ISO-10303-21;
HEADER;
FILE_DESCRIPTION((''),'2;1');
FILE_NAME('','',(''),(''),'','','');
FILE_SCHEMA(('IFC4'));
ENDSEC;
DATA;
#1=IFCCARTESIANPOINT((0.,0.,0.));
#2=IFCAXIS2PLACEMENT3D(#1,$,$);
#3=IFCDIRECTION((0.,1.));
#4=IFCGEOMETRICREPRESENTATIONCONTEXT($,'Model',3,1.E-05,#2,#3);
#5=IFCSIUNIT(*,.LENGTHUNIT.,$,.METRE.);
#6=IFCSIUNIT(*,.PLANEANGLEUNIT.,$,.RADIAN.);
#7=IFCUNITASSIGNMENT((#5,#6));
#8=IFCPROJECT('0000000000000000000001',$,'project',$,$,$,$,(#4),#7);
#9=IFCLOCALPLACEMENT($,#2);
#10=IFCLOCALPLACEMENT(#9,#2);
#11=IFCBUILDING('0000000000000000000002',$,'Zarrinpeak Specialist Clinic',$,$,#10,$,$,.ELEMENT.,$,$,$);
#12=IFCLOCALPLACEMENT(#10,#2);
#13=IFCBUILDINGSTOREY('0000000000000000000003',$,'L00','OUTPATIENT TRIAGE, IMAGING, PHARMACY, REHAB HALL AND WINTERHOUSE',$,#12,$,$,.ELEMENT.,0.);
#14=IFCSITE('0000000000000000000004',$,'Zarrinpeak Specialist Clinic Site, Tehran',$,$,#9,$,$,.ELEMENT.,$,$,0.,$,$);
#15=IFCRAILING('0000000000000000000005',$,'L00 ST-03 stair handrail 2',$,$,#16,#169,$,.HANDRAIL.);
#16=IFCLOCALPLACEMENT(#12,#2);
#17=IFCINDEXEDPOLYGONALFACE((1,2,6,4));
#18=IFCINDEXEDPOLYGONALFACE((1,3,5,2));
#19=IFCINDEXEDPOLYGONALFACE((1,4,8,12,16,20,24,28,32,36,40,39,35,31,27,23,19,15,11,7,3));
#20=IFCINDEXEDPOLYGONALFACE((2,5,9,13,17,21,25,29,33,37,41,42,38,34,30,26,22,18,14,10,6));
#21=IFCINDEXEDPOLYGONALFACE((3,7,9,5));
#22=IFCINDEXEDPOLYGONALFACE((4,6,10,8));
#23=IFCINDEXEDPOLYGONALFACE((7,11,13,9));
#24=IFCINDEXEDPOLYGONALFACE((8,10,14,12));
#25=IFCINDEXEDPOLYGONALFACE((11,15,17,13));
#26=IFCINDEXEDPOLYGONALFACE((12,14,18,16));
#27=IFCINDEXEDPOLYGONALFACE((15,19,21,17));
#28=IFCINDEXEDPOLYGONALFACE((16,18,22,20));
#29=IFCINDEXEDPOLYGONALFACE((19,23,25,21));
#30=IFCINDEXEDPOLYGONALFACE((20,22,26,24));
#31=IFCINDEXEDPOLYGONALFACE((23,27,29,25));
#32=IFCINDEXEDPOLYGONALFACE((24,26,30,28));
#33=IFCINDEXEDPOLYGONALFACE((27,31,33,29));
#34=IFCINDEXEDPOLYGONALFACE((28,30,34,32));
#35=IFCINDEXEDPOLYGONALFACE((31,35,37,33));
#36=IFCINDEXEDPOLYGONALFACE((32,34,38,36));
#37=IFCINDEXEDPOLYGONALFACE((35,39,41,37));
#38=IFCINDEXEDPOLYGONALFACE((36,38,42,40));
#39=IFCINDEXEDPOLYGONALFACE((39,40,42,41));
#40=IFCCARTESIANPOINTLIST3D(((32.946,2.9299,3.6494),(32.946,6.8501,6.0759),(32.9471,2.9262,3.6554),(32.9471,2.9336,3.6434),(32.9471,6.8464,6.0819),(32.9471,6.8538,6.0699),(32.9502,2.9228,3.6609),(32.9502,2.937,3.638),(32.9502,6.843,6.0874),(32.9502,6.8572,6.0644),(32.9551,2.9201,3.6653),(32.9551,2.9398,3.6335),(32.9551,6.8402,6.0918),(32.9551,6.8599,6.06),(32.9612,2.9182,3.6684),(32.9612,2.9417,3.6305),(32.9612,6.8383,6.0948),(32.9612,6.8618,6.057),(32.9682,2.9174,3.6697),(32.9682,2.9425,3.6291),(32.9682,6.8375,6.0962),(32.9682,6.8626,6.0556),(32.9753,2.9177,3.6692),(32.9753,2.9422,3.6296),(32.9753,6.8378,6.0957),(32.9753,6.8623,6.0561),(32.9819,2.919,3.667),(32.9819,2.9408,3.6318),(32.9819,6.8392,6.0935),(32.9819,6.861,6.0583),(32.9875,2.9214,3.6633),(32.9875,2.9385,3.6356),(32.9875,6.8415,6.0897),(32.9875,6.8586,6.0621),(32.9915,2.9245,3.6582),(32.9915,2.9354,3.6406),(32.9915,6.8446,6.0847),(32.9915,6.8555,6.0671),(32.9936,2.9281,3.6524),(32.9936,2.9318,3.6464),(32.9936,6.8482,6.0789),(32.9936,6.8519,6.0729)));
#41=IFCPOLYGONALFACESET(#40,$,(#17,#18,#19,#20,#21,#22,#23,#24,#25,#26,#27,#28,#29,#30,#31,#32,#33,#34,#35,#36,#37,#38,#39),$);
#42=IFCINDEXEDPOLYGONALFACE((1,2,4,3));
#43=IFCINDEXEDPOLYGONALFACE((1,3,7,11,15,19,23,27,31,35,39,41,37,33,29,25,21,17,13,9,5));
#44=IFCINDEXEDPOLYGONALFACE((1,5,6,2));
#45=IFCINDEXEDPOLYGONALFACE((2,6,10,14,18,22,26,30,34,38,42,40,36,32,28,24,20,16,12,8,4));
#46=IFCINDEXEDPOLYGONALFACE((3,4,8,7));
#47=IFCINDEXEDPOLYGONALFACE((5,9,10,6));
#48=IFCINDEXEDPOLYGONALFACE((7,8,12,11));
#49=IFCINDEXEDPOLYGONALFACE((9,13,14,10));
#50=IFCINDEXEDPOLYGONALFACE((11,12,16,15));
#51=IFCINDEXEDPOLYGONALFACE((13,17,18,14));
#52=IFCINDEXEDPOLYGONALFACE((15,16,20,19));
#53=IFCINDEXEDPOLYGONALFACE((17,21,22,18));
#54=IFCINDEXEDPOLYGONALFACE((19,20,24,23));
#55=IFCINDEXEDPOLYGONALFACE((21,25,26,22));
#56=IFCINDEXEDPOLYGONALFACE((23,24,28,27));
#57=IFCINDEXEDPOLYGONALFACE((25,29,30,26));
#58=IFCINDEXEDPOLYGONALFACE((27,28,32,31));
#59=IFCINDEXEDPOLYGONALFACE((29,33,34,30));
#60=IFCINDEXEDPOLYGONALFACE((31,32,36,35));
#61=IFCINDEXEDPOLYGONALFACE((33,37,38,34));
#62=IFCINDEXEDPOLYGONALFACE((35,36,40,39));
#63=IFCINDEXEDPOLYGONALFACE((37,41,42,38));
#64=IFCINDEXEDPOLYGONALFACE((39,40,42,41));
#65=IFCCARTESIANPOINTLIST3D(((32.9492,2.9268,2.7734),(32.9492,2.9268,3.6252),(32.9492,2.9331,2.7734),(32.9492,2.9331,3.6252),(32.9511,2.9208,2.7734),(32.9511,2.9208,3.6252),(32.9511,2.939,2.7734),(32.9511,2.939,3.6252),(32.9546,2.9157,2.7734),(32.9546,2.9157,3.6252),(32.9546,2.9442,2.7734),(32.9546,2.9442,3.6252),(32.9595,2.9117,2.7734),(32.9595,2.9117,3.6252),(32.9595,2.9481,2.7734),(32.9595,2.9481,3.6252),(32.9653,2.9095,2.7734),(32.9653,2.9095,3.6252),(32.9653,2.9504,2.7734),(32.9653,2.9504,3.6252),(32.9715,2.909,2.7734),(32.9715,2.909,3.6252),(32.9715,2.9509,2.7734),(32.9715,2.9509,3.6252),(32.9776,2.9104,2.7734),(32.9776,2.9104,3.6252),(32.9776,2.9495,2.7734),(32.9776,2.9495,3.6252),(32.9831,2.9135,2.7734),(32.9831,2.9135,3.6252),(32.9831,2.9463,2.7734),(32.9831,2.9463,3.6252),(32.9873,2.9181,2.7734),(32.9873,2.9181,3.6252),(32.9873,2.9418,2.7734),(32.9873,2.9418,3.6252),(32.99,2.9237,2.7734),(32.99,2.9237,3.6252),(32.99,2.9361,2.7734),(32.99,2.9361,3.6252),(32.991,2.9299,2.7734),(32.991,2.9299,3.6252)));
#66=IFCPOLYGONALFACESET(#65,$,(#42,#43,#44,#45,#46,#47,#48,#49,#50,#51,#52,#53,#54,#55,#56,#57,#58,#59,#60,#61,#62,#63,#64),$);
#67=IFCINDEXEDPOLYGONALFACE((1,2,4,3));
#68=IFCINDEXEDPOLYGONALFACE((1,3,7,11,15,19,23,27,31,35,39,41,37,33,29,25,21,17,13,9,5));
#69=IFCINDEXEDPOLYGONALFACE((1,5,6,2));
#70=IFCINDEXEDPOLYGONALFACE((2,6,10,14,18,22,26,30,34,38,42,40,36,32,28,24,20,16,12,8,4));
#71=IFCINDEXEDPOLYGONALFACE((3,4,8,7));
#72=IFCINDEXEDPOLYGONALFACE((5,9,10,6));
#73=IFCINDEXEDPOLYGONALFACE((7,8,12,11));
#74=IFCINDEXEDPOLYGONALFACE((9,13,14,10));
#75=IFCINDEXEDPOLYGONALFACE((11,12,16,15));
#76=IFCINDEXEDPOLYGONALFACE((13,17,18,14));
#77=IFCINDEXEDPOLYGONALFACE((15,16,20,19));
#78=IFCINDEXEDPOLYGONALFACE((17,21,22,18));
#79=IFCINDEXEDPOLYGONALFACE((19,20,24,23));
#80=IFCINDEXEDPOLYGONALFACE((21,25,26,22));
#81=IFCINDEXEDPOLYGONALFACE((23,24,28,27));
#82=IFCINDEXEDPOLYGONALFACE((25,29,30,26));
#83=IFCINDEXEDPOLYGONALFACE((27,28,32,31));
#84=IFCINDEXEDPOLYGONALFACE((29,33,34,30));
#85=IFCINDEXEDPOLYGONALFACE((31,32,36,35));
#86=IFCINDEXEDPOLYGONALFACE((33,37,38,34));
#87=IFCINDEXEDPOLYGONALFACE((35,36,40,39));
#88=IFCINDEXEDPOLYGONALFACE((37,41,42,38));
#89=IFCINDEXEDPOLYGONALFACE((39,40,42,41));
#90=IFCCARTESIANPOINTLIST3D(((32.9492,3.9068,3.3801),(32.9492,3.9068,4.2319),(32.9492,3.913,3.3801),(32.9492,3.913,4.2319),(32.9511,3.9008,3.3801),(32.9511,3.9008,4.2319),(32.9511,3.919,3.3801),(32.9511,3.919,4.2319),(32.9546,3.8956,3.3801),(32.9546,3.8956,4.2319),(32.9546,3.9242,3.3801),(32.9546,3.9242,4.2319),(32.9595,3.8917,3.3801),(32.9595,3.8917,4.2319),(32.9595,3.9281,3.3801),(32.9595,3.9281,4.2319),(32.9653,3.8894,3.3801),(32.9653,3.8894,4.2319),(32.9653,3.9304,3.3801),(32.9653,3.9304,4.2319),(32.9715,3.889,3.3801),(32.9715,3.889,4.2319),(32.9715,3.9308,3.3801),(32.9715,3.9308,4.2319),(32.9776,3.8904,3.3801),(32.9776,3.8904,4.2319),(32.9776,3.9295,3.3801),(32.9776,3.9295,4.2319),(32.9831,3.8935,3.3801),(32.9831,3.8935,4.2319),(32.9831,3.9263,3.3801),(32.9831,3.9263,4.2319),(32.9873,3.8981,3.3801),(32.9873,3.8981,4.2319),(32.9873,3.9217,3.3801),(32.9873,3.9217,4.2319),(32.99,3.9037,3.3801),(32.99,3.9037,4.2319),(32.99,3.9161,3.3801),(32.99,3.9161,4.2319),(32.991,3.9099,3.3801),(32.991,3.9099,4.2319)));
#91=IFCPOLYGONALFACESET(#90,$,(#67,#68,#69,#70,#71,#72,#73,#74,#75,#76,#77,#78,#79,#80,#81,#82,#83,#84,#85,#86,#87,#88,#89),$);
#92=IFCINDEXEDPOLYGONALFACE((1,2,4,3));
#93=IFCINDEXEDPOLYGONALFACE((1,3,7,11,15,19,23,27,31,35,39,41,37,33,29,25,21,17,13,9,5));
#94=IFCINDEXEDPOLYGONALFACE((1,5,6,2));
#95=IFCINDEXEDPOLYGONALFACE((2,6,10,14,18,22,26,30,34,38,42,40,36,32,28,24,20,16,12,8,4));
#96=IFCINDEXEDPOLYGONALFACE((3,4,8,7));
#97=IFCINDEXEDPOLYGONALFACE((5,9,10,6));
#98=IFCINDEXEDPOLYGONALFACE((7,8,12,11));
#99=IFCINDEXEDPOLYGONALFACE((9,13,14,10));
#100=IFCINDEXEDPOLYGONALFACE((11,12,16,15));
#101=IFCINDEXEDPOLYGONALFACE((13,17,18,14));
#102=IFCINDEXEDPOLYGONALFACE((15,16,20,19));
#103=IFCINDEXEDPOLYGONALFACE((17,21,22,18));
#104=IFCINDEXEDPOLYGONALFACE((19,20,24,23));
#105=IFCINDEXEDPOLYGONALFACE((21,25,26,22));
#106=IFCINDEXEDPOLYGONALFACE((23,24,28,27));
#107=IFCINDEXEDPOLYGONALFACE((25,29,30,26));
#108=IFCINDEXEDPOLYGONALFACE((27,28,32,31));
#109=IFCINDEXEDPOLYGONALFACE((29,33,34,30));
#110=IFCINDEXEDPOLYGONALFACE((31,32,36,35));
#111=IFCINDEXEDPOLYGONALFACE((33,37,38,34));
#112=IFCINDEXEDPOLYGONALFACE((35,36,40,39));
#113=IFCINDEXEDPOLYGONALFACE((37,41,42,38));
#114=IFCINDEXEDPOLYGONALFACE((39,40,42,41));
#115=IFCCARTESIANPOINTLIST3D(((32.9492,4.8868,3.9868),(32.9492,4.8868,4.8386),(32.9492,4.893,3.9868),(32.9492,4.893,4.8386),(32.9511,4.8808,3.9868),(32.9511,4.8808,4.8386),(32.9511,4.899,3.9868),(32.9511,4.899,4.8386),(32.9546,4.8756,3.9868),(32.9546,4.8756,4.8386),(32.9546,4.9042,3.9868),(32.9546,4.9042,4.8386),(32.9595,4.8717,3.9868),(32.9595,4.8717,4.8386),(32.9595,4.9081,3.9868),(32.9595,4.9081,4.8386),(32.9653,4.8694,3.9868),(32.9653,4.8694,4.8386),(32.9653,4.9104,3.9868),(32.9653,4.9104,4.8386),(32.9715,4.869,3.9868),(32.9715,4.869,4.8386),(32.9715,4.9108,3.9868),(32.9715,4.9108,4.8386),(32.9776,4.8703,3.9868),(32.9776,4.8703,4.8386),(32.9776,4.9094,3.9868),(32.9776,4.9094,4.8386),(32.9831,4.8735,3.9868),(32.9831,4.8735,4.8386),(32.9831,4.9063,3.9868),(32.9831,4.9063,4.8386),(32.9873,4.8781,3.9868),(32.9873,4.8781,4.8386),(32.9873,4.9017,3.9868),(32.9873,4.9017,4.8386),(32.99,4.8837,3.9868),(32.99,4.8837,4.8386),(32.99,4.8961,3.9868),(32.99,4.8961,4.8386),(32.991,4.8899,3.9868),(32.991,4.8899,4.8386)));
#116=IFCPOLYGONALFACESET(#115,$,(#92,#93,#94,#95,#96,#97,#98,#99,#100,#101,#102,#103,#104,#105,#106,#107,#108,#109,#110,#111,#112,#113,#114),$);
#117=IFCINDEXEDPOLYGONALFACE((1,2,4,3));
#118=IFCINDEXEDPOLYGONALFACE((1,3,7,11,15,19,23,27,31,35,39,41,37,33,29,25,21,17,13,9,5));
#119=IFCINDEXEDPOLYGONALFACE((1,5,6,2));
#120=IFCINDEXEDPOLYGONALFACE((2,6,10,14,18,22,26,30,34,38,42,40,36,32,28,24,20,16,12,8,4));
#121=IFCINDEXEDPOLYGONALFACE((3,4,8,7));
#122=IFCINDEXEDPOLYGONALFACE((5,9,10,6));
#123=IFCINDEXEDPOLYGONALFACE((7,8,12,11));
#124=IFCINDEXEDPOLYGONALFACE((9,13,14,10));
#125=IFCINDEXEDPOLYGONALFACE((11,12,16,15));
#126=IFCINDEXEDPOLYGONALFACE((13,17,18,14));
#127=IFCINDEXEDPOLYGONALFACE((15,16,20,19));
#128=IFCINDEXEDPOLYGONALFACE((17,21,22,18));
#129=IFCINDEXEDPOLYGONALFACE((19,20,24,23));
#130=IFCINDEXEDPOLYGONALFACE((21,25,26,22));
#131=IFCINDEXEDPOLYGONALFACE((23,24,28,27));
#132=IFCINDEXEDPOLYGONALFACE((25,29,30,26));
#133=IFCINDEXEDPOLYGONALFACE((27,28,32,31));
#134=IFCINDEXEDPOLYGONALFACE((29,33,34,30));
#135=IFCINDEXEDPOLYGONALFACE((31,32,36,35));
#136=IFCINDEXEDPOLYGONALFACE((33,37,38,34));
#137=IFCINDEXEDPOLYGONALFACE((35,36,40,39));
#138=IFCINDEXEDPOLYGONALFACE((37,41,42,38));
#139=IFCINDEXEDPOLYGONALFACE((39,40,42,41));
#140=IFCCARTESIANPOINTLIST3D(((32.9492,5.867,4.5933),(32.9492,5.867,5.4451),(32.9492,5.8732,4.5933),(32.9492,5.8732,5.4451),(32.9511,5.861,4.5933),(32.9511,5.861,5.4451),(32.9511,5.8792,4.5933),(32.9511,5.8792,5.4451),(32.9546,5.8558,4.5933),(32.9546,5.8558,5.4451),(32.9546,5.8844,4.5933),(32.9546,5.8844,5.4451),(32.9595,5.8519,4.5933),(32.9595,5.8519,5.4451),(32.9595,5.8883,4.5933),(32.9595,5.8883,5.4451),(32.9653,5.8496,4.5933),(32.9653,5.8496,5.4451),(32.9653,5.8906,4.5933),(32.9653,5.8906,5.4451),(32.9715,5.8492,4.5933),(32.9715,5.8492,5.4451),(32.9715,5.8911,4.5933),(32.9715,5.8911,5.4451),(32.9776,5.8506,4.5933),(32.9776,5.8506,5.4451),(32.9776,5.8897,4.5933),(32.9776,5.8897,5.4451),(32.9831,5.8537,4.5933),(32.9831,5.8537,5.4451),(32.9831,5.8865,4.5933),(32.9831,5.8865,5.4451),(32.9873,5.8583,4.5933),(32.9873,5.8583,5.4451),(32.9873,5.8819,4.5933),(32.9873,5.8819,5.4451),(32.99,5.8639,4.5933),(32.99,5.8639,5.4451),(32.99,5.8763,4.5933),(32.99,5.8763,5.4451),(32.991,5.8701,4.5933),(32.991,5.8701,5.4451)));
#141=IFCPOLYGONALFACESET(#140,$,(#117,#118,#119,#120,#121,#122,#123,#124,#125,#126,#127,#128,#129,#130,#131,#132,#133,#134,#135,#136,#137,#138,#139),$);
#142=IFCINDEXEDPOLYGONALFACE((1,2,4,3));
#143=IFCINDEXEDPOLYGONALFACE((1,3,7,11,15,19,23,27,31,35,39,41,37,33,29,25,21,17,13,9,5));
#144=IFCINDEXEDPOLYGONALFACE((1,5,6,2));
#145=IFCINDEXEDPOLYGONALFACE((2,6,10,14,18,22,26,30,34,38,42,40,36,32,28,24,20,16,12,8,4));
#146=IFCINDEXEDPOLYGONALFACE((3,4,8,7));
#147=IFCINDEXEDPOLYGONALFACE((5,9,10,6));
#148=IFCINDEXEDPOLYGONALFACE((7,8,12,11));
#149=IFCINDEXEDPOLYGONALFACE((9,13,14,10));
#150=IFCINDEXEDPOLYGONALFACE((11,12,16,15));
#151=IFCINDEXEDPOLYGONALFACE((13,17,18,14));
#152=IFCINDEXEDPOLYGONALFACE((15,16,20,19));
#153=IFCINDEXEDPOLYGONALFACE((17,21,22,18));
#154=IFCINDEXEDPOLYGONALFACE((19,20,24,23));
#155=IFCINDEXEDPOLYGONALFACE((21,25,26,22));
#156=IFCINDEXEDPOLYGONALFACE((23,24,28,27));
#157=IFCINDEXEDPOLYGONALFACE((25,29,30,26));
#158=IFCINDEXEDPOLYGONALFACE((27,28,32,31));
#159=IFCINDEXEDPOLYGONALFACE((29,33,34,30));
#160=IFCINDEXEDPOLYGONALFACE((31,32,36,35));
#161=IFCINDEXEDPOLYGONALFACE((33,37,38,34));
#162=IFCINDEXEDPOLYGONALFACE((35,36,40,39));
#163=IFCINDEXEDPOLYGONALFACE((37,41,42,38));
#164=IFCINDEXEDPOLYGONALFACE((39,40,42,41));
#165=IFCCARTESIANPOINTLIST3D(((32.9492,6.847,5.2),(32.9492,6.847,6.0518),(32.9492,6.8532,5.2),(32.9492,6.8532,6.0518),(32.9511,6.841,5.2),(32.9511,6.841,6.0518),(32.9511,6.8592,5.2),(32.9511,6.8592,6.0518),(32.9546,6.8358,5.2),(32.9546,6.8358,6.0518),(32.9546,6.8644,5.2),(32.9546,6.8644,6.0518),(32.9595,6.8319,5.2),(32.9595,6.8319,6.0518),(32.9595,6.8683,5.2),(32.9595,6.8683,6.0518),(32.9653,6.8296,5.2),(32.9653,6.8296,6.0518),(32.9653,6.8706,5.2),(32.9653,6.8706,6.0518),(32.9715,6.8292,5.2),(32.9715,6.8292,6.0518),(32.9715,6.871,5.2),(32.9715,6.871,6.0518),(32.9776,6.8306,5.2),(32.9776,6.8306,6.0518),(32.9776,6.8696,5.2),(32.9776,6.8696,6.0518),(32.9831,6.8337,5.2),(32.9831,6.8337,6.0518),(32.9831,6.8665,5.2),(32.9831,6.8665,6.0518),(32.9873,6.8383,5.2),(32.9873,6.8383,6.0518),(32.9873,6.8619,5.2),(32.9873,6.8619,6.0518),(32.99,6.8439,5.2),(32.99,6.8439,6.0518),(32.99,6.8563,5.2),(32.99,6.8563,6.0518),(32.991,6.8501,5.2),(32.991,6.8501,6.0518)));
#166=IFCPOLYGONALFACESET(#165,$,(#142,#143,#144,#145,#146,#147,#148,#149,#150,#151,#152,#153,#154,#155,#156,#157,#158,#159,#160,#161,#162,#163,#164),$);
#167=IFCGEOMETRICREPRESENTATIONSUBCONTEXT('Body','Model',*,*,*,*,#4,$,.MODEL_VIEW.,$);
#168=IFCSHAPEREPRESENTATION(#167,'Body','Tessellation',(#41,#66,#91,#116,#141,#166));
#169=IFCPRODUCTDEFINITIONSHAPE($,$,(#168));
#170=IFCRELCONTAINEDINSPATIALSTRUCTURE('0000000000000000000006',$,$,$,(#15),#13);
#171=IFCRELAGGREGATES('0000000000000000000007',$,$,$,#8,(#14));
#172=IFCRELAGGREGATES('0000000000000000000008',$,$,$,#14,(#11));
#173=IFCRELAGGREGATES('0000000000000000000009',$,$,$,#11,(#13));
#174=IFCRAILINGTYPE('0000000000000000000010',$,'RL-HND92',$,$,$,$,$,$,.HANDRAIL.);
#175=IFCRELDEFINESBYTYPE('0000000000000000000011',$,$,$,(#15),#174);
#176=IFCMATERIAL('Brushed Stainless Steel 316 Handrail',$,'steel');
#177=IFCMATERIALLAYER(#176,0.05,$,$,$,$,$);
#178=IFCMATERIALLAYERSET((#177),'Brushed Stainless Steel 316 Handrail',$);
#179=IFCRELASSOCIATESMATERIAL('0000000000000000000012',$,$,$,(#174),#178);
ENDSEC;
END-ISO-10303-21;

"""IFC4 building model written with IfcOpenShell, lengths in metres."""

from ifc_helpers import new_model, si_unit, direction, frame, origin, origin_2d, place, context, subcontext, project, spatial, circle, extrude, material, layer, layer_set, type_object, element, save


model = new_model("IFC4")

# Units and contexts
model_context = context("Model", 3, precision=1e-05, world=origin(), true_north=direction((0.0, 1.0)))
body_context = subcontext(model_context, "Body", "Model", "MODEL_VIEW")
ifc_project = project(units=[si_unit("LENGTHUNIT", "METRE"), si_unit("PLANEANGLEUNIT", "RADIAN")], contexts=[model_context])

# Site, building, storey
site_placement = place(None, origin())
site = spatial("IfcSite", under=ifc_project, at=site_placement, Name="Zarrinpeak Specialist Clinic Site, Tehran", CompositionType="ELEMENT", RefElevation=0.0)
building_placement = place(site_placement, origin())
building = spatial("IfcBuilding", under=site, at=building_placement, Name="Zarrinpeak Specialist Clinic", CompositionType="ELEMENT")
storey_placement = place(building_placement, origin())
storey = spatial("IfcBuildingStorey", under=building, at=storey_placement, Name="L00", Description="OUTPATIENT TRIAGE, IMAGING, PHARMACY, REHAB HALL AND WINTERHOUSE", CompositionType="ELEMENT", Elevation=0.0)

# Railing
ifc_material_1 = material(Name="Brushed Stainless Steel 316 Handrail", Category="steel")
ifc_layer_1 = layer(ifc_material_1, 0.05)
ifc_layer_set_1 = layer_set([ifc_layer_1], Name="Brushed Stainless Steel 316 Handrail")
railing_type_1 = type_object("IfcRailingType", Name="RL-HND92", PredefinedType="HANDRAIL", material=ifc_layer_set_1)
railing_1_placement = place(storey_placement, frame((32.97, 2.9299, 2.7734)))
element("IfcRailing", 1, at=railing_1_placement, inside=storey, type_object=railing_type_1, Name="L00 ST-03 stair handrail 2", PredefinedType="HANDRAIL", context=body_context, shape_type="SweptSolid", body=[
    extrude(circle(Radius=0.0239, at=origin_2d()), frame((0.0, 0.0, 0.876), z_axis=(0.0, 0.85029, 0.526315), x_axis=(-1.0, 0.0, 0.0)), (0.0, 0.0, 1.0), 4.6104),
    extrude(circle(Radius=0.021, at=origin_2d()), origin(), (0.0, 0.0, 1.0), 0.8518),
    extrude(circle(Radius=0.021, at=origin_2d()), frame((0.0, 0.98, 0.6067)), (0.0, 0.0, 1.0), 0.8518),
    extrude(circle(Radius=0.021, at=origin_2d()), frame((0.0, 1.96, 1.2134)), (0.0, 0.0, 1.0), 0.8518),
    extrude(circle(Radius=0.021, at=origin_2d()), frame((0.0, 2.9402, 1.8198)), (0.0, 0.0, 1.0), 0.8518),
    extrude(circle(Radius=0.021, at=origin_2d()), frame((0.0, 3.9202, 2.4265)), (0.0, 0.0, 1.0), 0.8518),
])

save(model, "model.ifc")
